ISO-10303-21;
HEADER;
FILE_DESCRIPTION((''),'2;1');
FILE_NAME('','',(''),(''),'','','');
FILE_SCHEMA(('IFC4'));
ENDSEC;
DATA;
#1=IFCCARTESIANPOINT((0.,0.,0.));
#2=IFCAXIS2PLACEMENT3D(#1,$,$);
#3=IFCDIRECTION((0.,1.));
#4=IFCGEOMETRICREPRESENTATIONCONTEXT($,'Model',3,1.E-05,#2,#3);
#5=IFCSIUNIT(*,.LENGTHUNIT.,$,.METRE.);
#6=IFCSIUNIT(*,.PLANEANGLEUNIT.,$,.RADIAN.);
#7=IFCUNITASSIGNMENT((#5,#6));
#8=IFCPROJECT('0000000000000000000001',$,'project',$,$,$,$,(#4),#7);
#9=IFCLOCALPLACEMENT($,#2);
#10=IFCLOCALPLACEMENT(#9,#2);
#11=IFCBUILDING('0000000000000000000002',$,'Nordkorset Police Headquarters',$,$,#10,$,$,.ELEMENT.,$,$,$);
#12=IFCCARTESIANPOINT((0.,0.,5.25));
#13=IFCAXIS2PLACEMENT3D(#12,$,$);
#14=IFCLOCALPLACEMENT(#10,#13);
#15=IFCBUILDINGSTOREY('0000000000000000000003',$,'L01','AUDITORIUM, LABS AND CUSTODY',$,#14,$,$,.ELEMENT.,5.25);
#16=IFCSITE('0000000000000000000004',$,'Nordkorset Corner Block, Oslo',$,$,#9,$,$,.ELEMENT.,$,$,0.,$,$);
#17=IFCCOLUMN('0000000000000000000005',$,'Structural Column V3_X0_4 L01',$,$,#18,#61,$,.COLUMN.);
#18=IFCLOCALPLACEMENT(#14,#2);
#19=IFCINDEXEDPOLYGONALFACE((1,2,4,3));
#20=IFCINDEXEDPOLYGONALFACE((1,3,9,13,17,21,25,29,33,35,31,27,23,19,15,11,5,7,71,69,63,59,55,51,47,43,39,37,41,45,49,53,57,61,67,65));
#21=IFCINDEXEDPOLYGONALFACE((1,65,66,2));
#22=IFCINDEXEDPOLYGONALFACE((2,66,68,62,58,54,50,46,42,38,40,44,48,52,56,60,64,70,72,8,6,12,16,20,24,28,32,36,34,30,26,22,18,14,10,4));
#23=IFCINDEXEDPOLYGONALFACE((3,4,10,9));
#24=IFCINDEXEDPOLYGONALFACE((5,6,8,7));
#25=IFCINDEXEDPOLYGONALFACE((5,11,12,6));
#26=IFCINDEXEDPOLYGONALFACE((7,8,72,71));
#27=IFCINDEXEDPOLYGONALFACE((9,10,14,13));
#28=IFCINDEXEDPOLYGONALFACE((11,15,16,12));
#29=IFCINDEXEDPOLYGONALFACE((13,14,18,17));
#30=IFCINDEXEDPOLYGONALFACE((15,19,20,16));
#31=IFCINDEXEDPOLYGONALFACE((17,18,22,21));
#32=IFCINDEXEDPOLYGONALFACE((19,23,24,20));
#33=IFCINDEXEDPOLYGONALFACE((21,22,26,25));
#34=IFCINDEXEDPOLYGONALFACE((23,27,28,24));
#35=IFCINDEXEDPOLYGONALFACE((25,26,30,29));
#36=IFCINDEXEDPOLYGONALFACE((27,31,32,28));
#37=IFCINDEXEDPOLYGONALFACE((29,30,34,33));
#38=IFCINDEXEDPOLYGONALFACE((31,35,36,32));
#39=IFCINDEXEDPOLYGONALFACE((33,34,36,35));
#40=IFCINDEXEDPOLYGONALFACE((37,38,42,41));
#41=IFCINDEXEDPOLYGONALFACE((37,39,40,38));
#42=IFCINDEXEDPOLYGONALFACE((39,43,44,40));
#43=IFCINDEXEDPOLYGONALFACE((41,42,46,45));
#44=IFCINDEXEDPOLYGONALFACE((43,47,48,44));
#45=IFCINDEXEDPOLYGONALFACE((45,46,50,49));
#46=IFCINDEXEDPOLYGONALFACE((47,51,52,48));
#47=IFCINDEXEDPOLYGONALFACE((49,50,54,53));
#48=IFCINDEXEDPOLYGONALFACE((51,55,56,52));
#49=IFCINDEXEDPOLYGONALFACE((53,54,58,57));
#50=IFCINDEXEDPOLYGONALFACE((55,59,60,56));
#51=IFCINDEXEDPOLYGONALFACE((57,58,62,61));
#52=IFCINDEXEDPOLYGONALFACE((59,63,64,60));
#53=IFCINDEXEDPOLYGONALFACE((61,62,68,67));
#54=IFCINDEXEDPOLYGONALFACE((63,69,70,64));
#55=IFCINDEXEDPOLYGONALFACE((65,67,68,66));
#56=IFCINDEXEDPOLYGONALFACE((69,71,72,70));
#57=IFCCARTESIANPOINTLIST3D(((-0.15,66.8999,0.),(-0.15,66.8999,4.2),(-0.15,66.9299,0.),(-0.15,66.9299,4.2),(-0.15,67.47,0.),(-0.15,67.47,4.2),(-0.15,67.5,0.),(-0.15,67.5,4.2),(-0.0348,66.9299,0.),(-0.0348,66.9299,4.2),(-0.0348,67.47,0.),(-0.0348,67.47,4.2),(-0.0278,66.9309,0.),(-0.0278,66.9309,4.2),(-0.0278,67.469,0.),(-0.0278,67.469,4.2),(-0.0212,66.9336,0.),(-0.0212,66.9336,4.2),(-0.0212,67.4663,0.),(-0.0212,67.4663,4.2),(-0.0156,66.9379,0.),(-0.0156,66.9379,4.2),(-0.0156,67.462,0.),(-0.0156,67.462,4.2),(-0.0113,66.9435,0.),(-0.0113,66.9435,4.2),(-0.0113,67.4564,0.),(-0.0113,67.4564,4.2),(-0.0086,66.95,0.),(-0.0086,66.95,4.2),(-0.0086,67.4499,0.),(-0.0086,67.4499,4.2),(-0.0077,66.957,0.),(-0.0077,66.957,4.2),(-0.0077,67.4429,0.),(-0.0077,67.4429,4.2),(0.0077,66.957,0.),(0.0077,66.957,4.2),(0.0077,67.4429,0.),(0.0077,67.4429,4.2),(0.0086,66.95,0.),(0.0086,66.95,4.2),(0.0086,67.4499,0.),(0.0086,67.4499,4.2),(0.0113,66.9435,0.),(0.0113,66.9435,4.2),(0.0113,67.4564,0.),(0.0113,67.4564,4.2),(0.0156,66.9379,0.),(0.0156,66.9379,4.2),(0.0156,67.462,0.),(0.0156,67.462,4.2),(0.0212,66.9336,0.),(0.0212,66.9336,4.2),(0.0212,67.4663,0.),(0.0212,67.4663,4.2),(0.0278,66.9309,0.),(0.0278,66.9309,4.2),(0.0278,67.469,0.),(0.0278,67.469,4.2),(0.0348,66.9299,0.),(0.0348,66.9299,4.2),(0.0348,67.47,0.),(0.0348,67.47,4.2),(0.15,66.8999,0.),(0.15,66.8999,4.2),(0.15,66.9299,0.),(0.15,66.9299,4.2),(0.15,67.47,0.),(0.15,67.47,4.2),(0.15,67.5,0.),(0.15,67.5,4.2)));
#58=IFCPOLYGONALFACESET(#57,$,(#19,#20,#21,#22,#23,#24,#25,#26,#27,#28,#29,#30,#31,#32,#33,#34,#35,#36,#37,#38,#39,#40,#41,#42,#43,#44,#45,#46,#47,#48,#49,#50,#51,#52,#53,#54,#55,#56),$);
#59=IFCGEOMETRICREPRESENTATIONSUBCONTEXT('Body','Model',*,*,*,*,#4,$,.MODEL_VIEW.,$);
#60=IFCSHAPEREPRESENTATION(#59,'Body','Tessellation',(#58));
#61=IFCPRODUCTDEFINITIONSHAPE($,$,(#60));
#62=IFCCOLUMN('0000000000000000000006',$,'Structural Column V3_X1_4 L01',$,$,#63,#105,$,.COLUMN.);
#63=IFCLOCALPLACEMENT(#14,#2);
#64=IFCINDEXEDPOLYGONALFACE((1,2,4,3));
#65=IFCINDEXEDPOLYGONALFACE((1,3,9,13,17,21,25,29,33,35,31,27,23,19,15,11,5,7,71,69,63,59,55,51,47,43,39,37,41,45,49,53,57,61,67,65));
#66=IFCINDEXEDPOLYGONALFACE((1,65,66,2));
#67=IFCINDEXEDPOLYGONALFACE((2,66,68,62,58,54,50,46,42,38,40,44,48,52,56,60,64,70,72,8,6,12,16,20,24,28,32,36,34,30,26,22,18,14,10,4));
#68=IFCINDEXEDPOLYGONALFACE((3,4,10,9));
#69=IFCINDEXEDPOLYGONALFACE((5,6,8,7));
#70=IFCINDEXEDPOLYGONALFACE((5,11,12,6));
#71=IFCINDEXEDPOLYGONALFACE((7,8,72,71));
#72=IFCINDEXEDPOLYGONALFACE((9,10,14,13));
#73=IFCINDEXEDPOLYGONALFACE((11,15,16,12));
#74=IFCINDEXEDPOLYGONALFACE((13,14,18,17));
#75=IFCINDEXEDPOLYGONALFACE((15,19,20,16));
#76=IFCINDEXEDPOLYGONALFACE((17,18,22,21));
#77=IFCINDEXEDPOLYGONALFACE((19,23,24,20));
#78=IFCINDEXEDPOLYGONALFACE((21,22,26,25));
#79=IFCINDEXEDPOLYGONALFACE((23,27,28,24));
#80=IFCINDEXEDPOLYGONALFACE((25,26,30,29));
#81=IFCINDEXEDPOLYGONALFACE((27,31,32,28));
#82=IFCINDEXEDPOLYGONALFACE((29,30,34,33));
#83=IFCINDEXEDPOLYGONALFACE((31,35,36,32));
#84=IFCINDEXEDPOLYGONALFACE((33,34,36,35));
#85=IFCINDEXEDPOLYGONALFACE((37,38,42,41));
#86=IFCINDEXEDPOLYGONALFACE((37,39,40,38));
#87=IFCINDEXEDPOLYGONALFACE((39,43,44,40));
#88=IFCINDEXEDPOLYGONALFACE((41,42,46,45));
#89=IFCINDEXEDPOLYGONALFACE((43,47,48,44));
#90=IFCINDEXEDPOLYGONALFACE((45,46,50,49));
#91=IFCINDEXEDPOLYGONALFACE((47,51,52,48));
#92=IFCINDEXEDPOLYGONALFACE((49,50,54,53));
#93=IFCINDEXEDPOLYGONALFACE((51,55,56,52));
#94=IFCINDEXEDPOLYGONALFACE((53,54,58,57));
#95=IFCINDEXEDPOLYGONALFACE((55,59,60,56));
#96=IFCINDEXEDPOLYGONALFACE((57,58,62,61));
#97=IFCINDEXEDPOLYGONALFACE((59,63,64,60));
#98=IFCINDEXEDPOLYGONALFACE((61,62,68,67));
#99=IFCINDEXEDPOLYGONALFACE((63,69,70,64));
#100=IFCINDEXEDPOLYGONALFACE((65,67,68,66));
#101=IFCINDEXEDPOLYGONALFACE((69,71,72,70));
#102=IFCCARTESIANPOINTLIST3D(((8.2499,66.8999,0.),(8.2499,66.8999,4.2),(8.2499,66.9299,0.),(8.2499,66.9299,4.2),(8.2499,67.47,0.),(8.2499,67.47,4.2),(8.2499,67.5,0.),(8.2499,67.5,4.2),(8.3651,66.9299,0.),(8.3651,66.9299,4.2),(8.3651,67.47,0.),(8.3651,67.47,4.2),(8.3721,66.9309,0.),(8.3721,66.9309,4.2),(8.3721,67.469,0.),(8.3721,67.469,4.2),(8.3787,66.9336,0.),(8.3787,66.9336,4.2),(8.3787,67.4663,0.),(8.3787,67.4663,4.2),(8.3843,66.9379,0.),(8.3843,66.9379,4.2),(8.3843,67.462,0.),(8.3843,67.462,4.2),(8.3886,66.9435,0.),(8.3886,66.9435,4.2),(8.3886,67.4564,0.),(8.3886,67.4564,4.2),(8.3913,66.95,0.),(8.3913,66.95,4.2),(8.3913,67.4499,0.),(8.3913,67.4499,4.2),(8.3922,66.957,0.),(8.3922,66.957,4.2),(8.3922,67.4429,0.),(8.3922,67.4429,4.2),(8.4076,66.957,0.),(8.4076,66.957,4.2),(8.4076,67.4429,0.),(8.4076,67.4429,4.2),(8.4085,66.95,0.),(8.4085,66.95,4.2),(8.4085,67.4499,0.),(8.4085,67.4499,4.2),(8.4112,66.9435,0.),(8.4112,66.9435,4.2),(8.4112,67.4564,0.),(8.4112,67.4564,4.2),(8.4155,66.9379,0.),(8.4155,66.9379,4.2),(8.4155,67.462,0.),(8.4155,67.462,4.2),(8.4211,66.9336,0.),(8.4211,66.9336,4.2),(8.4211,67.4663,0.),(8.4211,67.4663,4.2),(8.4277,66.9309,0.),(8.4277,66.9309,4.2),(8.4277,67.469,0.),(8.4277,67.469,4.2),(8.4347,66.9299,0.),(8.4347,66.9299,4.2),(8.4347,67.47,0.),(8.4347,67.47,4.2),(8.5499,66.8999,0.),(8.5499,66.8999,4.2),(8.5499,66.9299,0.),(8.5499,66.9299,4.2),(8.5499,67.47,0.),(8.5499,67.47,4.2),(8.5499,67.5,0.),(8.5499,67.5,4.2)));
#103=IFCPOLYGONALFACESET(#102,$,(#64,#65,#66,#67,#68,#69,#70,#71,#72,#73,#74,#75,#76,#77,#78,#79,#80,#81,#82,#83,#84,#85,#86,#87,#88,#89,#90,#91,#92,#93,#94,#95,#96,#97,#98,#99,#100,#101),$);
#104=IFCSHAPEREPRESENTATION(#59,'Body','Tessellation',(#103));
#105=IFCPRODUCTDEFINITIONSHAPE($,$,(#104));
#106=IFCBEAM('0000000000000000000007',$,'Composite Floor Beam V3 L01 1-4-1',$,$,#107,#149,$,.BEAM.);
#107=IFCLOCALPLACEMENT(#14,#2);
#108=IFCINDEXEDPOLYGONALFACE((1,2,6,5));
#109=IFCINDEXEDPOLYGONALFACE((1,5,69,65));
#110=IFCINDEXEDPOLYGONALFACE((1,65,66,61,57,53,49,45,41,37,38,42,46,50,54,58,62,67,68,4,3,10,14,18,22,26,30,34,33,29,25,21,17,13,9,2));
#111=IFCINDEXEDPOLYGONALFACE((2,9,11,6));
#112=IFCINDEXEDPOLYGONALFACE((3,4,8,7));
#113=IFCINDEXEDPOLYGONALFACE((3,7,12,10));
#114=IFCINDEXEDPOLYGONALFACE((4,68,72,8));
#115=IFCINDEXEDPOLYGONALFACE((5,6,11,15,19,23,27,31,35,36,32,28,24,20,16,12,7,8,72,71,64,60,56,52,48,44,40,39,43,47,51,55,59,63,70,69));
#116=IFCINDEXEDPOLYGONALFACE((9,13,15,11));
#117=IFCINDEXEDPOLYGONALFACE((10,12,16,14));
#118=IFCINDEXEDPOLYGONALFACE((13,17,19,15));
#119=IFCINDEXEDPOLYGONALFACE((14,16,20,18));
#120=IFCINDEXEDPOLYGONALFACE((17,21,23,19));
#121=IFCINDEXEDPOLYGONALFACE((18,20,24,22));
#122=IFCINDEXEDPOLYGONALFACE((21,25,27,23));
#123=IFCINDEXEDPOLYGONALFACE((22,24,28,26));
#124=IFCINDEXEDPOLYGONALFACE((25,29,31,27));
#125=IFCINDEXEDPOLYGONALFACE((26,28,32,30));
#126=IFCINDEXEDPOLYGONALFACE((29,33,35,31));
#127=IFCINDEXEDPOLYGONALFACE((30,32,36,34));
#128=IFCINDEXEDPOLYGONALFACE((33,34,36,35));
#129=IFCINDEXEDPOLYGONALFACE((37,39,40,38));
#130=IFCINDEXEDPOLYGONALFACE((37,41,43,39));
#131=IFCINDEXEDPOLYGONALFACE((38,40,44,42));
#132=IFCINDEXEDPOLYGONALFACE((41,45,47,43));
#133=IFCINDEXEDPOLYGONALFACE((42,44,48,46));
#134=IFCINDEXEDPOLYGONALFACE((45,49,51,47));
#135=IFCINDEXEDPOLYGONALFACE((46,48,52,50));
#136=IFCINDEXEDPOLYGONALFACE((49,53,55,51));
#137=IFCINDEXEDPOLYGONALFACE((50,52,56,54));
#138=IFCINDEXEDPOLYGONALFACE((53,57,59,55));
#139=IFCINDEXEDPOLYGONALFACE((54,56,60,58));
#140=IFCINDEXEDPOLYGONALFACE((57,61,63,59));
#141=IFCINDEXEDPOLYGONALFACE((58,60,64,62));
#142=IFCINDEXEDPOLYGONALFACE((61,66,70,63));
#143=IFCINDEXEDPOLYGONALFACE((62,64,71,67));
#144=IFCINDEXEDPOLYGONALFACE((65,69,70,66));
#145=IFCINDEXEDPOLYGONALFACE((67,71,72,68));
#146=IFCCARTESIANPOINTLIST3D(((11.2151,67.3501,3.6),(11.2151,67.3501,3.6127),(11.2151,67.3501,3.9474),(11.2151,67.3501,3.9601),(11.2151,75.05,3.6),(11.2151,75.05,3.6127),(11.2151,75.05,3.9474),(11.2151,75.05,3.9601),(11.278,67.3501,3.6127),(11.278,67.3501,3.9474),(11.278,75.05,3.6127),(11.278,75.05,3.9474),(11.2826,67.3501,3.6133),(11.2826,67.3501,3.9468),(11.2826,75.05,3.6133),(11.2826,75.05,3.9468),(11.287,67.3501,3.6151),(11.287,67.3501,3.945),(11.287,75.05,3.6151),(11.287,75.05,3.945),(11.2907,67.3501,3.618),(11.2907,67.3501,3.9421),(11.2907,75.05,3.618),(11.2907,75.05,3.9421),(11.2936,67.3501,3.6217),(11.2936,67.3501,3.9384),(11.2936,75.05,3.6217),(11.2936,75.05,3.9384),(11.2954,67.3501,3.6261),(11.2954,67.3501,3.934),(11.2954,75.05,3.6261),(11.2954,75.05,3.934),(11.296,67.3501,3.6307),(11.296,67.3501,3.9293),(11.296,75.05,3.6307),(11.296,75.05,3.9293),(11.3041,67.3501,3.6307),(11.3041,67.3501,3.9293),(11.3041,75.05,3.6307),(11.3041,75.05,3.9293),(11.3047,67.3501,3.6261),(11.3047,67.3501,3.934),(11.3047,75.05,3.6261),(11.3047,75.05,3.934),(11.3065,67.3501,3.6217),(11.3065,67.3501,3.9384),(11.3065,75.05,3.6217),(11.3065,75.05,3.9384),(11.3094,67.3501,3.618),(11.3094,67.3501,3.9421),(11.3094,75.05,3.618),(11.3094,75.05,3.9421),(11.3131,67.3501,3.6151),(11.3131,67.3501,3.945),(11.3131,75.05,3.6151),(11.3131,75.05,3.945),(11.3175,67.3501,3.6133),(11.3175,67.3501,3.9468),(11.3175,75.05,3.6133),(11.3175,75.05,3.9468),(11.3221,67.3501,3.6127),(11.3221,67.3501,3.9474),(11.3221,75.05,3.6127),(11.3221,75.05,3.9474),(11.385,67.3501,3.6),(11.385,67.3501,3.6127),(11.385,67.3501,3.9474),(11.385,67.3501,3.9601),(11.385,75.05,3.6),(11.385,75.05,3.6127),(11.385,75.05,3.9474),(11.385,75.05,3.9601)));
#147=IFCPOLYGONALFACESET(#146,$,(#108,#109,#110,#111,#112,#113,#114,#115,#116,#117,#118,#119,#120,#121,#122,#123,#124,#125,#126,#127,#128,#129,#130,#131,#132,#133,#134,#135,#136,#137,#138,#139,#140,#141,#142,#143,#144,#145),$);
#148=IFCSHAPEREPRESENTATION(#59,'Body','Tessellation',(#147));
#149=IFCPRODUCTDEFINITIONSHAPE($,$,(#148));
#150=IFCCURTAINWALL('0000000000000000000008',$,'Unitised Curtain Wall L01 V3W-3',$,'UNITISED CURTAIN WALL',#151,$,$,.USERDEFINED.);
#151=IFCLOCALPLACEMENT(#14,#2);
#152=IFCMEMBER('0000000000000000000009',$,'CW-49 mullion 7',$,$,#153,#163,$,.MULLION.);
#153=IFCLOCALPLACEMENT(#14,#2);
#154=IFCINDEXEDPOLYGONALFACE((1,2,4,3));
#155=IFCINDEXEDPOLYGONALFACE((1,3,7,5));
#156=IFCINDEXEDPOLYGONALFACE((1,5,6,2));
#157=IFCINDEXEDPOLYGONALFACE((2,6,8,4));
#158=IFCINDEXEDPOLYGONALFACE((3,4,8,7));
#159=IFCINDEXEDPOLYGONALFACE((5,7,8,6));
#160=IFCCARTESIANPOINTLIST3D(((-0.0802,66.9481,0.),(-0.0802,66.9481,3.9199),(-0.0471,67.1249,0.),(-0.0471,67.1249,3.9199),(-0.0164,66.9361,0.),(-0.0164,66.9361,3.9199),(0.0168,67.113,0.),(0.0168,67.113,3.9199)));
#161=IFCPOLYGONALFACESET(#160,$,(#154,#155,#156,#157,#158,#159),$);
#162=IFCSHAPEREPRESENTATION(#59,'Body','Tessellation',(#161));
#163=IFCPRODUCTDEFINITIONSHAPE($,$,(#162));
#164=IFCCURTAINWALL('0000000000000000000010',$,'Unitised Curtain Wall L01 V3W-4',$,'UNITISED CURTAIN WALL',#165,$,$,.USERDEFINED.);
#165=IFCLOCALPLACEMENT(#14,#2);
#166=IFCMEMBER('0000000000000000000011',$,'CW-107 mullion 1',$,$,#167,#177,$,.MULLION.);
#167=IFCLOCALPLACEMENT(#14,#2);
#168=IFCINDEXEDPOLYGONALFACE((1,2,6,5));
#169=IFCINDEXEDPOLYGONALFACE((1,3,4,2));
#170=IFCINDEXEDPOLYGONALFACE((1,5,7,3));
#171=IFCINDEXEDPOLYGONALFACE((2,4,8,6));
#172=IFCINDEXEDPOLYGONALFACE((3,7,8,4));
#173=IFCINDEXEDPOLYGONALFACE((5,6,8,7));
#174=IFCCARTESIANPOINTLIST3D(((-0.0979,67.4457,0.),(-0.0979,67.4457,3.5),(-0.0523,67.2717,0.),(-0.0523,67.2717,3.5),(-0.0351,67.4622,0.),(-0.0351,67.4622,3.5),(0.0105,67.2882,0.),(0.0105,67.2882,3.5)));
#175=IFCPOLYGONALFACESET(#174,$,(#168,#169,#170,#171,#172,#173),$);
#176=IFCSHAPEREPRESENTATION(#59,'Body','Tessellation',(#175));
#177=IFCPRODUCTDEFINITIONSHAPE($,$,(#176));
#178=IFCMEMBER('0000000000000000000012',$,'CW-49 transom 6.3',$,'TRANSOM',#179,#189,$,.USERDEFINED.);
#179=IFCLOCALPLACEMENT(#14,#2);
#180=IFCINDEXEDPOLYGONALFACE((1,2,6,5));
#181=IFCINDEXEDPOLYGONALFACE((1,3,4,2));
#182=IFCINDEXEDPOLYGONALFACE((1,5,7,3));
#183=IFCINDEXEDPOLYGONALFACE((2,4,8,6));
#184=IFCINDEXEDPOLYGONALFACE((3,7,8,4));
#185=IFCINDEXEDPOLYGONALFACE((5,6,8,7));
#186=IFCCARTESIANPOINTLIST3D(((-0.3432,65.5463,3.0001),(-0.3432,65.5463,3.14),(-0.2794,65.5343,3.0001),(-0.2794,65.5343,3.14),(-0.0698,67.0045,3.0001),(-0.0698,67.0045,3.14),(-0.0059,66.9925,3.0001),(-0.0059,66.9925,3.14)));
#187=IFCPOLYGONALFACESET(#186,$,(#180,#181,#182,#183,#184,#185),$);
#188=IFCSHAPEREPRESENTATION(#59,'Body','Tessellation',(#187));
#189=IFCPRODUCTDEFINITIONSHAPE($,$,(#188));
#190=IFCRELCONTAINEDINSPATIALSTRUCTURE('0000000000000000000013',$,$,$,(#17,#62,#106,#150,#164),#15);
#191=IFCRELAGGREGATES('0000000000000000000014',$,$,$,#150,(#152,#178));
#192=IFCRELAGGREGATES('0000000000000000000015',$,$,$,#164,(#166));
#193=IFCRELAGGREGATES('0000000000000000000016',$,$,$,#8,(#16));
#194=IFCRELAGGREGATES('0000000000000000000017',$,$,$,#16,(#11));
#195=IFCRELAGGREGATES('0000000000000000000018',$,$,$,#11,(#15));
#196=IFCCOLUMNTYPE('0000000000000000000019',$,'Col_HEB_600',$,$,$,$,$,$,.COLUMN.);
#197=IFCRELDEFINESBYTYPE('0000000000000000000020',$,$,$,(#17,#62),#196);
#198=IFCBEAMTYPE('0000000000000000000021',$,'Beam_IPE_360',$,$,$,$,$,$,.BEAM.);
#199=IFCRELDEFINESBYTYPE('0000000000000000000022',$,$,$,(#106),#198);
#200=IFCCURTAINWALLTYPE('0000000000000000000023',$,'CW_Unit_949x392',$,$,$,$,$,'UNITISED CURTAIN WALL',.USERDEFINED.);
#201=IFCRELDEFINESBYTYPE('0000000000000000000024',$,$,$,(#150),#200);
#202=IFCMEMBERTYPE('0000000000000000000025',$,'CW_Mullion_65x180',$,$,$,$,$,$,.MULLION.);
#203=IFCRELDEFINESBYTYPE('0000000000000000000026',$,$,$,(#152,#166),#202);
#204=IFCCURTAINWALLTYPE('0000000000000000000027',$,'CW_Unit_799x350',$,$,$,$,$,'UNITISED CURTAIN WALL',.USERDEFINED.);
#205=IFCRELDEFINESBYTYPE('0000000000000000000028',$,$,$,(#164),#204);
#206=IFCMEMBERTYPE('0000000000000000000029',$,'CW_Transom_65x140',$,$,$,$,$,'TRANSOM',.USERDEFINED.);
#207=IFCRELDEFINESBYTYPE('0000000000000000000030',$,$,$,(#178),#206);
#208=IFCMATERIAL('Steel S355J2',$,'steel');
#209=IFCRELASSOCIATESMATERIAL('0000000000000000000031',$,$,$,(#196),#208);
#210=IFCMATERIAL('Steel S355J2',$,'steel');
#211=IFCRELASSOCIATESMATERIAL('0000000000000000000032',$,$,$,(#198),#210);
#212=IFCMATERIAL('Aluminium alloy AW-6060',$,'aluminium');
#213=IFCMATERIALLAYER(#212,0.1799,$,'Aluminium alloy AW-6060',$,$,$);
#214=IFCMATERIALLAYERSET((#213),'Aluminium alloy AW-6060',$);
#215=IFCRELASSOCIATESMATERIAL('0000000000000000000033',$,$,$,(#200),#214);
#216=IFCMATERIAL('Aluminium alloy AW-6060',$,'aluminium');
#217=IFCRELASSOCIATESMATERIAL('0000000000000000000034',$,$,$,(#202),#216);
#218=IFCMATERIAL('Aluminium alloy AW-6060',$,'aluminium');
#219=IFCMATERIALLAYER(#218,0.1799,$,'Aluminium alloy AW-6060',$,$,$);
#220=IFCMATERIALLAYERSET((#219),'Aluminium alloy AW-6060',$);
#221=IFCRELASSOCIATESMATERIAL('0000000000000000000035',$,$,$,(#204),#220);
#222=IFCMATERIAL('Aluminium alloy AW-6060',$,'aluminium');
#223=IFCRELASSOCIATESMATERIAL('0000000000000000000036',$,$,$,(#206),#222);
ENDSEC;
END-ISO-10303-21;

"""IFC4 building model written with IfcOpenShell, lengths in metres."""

from ifc_helpers import new_model, si_unit, direction, frame, origin, origin_2d, place, context, subcontext, project, spatial, rectangle, i_section, extrude, material, layer, layer_set, material_profile, profile_set, type_object, element, aggregate, save


model = new_model("IFC4")

# Units and contexts
model_context = context("Model", 3, precision=1e-05, world=origin(), true_north=direction((0.0, 1.0)))
body_context = subcontext(model_context, "Body", "Model", "MODEL_VIEW")
ifc_project = project(units=[si_unit("LENGTHUNIT", "METRE"), si_unit("PLANEANGLEUNIT", "RADIAN")], contexts=[model_context])

# Site, building, storey
site_placement = place(None, origin())
site = spatial("IfcSite", under=ifc_project, at=site_placement, Name="Nordkorset Corner Block, Oslo", CompositionType="ELEMENT", RefElevation=0.0)
building_placement = place(site_placement, origin())
building = spatial("IfcBuilding", under=site, at=building_placement, Name="Nordkorset Police Headquarters", CompositionType="ELEMENT")
storey_placement = place(building_placement, frame((0.0, 0.0, 5.25)))
storey = spatial("IfcBuildingStorey", under=building, at=storey_placement, Name="L01", Description="AUDITORIUM, LABS AND CUSTODY", CompositionType="ELEMENT", Elevation=5.25)

# Columns
ifc_material_1 = material(Name="Steel S355J2", Category="steel")
ifc_material_profile_1 = material_profile(ifc_material_1, i_section(OverallWidth=0.3, OverallDepth=0.6001, WebThickness=0.0154, FlangeThickness=0.03, FilletRadius=0.0271, at=origin_2d()), Name="HEB 600")
ifc_profile_set_1 = profile_set([ifc_material_profile_1], Name="Steel S355J2")
column_type = type_object("IfcColumnType", Name="Col_HEB_600", PredefinedType="COLUMN", material=ifc_profile_set_1)
for number, where, z_axis, x_axis, name in (
    (1, (0.0, 67.2, 0.0), (0.0, 0.0, 1.0), (1.0, 0.0, 0.0), "Structural Column V3_X0_4 L01"),
    (2, (8.3999, 67.2, 0.0), (0.0, 0.0, 1.0), (1.0, 0.0, 0.0), "Structural Column V3_X1_4 L01"),
):
    element("IfcColumn", number, at=place(storey_placement, frame(where, z_axis=z_axis, x_axis=x_axis)), inside=storey, type_object=column_type, Name=name, PredefinedType="COLUMN", context=body_context, shape_type="SweptSolid", body=[
        extrude(i_section(OverallWidth=0.3, OverallDepth=0.6001, WebThickness=0.0154, FlangeThickness=0.03, FilletRadius=0.0271, at=origin_2d()), origin(), (0.0, 0.0, 1.0), 4.2),
    ])

# Beam
ifc_material_2 = material(Name="Steel S355J2", Category="steel")
ifc_material_profile_2 = material_profile(ifc_material_2, i_section(OverallWidth=0.1699, OverallDepth=0.3601, WebThickness=0.0081, FlangeThickness=0.0127, FilletRadius=0.0181, at=origin_2d()), Name="IPE 360")
ifc_profile_set_2 = profile_set([ifc_material_profile_2], Name="Steel S355J2")
beam_type_1 = type_object("IfcBeamType", Name="Beam_IPE_360", PredefinedType="BEAM", material=ifc_profile_set_2)
beam_1_placement = place(storey_placement, frame((11.3, 67.3501, 3.78), z_axis=(0.0, 1.0, 0.0), x_axis=(-1.0, 0.0, 0.0)))
element("IfcBeam", 3, at=beam_1_placement, inside=storey, type_object=beam_type_1, Name="Composite Floor Beam V3 L01 1-4-1", PredefinedType="BEAM", context=body_context, shape_type="SweptSolid", body=[
    extrude(i_section(OverallWidth=0.1699, OverallDepth=0.3601, WebThickness=0.0081, FlangeThickness=0.0127, FilletRadius=0.0181, at=origin_2d()), origin(), (0.0, 0.0, 1.0), 7.7),
])

# Curtain walls, members
ifc_material_3 = material(Name="Aluminium alloy AW-6060", Category="aluminium")
ifc_layer_1 = layer(ifc_material_3, 0.1799, Name="Aluminium alloy AW-6060")
ifc_layer_set_1 = layer_set([ifc_layer_1], Name="Aluminium alloy AW-6060")
curtain_wall_type_1 = type_object("IfcCurtainWallType", Name="CW_Unit_949x392", ElementType="UNITISED CURTAIN WALL", PredefinedType="USERDEFINED", material=ifc_layer_set_1)
curtain_wall_1_placement = place(storey_placement, origin())
curtain_wall_1 = element("IfcCurtainWall", 4, at=curtain_wall_1_placement, inside=storey, type_object=curtain_wall_type_1, Name="Unitised Curtain Wall L01 V3W-3", ObjectType="UNITISED CURTAIN WALL", PredefinedType="USERDEFINED")
ifc_material_4 = material(Name="Aluminium alloy AW-6060", Category="aluminium")
ifc_material_profile_3 = material_profile(ifc_material_4, rectangle(XDim=0.0649, YDim=0.1799, at=origin_2d()), Name="ALU MULL 65x180")
ifc_profile_set_3 = profile_set([ifc_material_profile_3], Name="Aluminium alloy AW-6060")
member_type_1 = type_object("IfcMemberType", Name="CW_Mullion_65x180", PredefinedType="MULLION", material=ifc_profile_set_3)
member_1_placement = place(storey_placement, frame((-0.0317, 67.0305, 0.0), z_axis=(0.0, 0.0, 1.0), x_axis=(-0.982872, 0.184289, 0.0)))
member_1 = element("IfcMember", 5, at=member_1_placement, type_object=member_type_1, Name="CW-49 mullion 7", PredefinedType="MULLION", context=body_context, shape_type="SweptSolid", body=[
    extrude(rectangle(XDim=0.0649, YDim=0.1799, at=origin_2d()), origin(), (0.0, 0.0, 1.0), 3.9199),
])
ifc_material_5 = material(Name="Aluminium alloy AW-6060", Category="aluminium")
ifc_layer_2 = layer(ifc_material_5, 0.1799, Name="Aluminium alloy AW-6060")
ifc_layer_set_2 = layer_set([ifc_layer_2], Name="Aluminium alloy AW-6060")
curtain_wall_type_2 = type_object("IfcCurtainWallType", Name="CW_Unit_799x350", ElementType="UNITISED CURTAIN WALL", PredefinedType="USERDEFINED", material=ifc_layer_set_2)
curtain_wall_2_placement = place(storey_placement, origin())
curtain_wall_2 = element("IfcCurtainWall", 6, at=curtain_wall_2_placement, inside=storey, type_object=curtain_wall_type_2, Name="Unitised Curtain Wall L01 V3W-4", ObjectType="UNITISED CURTAIN WALL", PredefinedType="USERDEFINED")
member_2_placement = place(storey_placement, frame((-0.0437, 67.3669, 0.0), z_axis=(0.0, 0.0, 1.0), x_axis=(-0.967231, -0.253897, 0.0)))
member_2 = element("IfcMember", 7, at=member_2_placement, type_object=member_type_1, Name="CW-107 mullion 1", PredefinedType="MULLION", context=body_context, shape_type="SweptSolid", body=[
    extrude(rectangle(XDim=0.0649, YDim=0.1799, at=origin_2d()), origin(), (0.0, 0.0, 1.0), 3.5),
])

# Member
ifc_material_6 = material(Name="Aluminium alloy AW-6060", Category="aluminium")
ifc_material_profile_4 = material_profile(ifc_material_6, rectangle(XDim=0.0649, YDim=0.1399, at=origin_2d()), Name="ALU TRAN 65x140")
ifc_profile_set_4 = profile_set([ifc_material_profile_4], Name="Aluminium alloy AW-6060")
member_type_2 = type_object("IfcMemberType", Name="CW_Transom_65x140", ElementType="TRANSOM", PredefinedType="USERDEFINED", material=ifc_profile_set_4)
member_3_placement = place(storey_placement, frame((-0.3113, 65.5403, 3.0701), z_axis=(0.184298, 0.98287, 0.0), x_axis=(-0.98287, 0.184298, 0.0)))
member_3 = element("IfcMember", 8, at=member_3_placement, type_object=member_type_2, Name="CW-49 transom 6.3", ObjectType="TRANSOM", PredefinedType="USERDEFINED", context=body_context, shape_type="SweptSolid", body=[
    extrude(rectangle(XDim=0.0649, YDim=0.1399, at=origin_2d()), origin(), (0.0, 0.0, 1.0), 1.4836),
])

aggregate(curtain_wall_1, [member_1, member_3])
aggregate(curtain_wall_2, [member_2])

save(model, "model.ifc")
